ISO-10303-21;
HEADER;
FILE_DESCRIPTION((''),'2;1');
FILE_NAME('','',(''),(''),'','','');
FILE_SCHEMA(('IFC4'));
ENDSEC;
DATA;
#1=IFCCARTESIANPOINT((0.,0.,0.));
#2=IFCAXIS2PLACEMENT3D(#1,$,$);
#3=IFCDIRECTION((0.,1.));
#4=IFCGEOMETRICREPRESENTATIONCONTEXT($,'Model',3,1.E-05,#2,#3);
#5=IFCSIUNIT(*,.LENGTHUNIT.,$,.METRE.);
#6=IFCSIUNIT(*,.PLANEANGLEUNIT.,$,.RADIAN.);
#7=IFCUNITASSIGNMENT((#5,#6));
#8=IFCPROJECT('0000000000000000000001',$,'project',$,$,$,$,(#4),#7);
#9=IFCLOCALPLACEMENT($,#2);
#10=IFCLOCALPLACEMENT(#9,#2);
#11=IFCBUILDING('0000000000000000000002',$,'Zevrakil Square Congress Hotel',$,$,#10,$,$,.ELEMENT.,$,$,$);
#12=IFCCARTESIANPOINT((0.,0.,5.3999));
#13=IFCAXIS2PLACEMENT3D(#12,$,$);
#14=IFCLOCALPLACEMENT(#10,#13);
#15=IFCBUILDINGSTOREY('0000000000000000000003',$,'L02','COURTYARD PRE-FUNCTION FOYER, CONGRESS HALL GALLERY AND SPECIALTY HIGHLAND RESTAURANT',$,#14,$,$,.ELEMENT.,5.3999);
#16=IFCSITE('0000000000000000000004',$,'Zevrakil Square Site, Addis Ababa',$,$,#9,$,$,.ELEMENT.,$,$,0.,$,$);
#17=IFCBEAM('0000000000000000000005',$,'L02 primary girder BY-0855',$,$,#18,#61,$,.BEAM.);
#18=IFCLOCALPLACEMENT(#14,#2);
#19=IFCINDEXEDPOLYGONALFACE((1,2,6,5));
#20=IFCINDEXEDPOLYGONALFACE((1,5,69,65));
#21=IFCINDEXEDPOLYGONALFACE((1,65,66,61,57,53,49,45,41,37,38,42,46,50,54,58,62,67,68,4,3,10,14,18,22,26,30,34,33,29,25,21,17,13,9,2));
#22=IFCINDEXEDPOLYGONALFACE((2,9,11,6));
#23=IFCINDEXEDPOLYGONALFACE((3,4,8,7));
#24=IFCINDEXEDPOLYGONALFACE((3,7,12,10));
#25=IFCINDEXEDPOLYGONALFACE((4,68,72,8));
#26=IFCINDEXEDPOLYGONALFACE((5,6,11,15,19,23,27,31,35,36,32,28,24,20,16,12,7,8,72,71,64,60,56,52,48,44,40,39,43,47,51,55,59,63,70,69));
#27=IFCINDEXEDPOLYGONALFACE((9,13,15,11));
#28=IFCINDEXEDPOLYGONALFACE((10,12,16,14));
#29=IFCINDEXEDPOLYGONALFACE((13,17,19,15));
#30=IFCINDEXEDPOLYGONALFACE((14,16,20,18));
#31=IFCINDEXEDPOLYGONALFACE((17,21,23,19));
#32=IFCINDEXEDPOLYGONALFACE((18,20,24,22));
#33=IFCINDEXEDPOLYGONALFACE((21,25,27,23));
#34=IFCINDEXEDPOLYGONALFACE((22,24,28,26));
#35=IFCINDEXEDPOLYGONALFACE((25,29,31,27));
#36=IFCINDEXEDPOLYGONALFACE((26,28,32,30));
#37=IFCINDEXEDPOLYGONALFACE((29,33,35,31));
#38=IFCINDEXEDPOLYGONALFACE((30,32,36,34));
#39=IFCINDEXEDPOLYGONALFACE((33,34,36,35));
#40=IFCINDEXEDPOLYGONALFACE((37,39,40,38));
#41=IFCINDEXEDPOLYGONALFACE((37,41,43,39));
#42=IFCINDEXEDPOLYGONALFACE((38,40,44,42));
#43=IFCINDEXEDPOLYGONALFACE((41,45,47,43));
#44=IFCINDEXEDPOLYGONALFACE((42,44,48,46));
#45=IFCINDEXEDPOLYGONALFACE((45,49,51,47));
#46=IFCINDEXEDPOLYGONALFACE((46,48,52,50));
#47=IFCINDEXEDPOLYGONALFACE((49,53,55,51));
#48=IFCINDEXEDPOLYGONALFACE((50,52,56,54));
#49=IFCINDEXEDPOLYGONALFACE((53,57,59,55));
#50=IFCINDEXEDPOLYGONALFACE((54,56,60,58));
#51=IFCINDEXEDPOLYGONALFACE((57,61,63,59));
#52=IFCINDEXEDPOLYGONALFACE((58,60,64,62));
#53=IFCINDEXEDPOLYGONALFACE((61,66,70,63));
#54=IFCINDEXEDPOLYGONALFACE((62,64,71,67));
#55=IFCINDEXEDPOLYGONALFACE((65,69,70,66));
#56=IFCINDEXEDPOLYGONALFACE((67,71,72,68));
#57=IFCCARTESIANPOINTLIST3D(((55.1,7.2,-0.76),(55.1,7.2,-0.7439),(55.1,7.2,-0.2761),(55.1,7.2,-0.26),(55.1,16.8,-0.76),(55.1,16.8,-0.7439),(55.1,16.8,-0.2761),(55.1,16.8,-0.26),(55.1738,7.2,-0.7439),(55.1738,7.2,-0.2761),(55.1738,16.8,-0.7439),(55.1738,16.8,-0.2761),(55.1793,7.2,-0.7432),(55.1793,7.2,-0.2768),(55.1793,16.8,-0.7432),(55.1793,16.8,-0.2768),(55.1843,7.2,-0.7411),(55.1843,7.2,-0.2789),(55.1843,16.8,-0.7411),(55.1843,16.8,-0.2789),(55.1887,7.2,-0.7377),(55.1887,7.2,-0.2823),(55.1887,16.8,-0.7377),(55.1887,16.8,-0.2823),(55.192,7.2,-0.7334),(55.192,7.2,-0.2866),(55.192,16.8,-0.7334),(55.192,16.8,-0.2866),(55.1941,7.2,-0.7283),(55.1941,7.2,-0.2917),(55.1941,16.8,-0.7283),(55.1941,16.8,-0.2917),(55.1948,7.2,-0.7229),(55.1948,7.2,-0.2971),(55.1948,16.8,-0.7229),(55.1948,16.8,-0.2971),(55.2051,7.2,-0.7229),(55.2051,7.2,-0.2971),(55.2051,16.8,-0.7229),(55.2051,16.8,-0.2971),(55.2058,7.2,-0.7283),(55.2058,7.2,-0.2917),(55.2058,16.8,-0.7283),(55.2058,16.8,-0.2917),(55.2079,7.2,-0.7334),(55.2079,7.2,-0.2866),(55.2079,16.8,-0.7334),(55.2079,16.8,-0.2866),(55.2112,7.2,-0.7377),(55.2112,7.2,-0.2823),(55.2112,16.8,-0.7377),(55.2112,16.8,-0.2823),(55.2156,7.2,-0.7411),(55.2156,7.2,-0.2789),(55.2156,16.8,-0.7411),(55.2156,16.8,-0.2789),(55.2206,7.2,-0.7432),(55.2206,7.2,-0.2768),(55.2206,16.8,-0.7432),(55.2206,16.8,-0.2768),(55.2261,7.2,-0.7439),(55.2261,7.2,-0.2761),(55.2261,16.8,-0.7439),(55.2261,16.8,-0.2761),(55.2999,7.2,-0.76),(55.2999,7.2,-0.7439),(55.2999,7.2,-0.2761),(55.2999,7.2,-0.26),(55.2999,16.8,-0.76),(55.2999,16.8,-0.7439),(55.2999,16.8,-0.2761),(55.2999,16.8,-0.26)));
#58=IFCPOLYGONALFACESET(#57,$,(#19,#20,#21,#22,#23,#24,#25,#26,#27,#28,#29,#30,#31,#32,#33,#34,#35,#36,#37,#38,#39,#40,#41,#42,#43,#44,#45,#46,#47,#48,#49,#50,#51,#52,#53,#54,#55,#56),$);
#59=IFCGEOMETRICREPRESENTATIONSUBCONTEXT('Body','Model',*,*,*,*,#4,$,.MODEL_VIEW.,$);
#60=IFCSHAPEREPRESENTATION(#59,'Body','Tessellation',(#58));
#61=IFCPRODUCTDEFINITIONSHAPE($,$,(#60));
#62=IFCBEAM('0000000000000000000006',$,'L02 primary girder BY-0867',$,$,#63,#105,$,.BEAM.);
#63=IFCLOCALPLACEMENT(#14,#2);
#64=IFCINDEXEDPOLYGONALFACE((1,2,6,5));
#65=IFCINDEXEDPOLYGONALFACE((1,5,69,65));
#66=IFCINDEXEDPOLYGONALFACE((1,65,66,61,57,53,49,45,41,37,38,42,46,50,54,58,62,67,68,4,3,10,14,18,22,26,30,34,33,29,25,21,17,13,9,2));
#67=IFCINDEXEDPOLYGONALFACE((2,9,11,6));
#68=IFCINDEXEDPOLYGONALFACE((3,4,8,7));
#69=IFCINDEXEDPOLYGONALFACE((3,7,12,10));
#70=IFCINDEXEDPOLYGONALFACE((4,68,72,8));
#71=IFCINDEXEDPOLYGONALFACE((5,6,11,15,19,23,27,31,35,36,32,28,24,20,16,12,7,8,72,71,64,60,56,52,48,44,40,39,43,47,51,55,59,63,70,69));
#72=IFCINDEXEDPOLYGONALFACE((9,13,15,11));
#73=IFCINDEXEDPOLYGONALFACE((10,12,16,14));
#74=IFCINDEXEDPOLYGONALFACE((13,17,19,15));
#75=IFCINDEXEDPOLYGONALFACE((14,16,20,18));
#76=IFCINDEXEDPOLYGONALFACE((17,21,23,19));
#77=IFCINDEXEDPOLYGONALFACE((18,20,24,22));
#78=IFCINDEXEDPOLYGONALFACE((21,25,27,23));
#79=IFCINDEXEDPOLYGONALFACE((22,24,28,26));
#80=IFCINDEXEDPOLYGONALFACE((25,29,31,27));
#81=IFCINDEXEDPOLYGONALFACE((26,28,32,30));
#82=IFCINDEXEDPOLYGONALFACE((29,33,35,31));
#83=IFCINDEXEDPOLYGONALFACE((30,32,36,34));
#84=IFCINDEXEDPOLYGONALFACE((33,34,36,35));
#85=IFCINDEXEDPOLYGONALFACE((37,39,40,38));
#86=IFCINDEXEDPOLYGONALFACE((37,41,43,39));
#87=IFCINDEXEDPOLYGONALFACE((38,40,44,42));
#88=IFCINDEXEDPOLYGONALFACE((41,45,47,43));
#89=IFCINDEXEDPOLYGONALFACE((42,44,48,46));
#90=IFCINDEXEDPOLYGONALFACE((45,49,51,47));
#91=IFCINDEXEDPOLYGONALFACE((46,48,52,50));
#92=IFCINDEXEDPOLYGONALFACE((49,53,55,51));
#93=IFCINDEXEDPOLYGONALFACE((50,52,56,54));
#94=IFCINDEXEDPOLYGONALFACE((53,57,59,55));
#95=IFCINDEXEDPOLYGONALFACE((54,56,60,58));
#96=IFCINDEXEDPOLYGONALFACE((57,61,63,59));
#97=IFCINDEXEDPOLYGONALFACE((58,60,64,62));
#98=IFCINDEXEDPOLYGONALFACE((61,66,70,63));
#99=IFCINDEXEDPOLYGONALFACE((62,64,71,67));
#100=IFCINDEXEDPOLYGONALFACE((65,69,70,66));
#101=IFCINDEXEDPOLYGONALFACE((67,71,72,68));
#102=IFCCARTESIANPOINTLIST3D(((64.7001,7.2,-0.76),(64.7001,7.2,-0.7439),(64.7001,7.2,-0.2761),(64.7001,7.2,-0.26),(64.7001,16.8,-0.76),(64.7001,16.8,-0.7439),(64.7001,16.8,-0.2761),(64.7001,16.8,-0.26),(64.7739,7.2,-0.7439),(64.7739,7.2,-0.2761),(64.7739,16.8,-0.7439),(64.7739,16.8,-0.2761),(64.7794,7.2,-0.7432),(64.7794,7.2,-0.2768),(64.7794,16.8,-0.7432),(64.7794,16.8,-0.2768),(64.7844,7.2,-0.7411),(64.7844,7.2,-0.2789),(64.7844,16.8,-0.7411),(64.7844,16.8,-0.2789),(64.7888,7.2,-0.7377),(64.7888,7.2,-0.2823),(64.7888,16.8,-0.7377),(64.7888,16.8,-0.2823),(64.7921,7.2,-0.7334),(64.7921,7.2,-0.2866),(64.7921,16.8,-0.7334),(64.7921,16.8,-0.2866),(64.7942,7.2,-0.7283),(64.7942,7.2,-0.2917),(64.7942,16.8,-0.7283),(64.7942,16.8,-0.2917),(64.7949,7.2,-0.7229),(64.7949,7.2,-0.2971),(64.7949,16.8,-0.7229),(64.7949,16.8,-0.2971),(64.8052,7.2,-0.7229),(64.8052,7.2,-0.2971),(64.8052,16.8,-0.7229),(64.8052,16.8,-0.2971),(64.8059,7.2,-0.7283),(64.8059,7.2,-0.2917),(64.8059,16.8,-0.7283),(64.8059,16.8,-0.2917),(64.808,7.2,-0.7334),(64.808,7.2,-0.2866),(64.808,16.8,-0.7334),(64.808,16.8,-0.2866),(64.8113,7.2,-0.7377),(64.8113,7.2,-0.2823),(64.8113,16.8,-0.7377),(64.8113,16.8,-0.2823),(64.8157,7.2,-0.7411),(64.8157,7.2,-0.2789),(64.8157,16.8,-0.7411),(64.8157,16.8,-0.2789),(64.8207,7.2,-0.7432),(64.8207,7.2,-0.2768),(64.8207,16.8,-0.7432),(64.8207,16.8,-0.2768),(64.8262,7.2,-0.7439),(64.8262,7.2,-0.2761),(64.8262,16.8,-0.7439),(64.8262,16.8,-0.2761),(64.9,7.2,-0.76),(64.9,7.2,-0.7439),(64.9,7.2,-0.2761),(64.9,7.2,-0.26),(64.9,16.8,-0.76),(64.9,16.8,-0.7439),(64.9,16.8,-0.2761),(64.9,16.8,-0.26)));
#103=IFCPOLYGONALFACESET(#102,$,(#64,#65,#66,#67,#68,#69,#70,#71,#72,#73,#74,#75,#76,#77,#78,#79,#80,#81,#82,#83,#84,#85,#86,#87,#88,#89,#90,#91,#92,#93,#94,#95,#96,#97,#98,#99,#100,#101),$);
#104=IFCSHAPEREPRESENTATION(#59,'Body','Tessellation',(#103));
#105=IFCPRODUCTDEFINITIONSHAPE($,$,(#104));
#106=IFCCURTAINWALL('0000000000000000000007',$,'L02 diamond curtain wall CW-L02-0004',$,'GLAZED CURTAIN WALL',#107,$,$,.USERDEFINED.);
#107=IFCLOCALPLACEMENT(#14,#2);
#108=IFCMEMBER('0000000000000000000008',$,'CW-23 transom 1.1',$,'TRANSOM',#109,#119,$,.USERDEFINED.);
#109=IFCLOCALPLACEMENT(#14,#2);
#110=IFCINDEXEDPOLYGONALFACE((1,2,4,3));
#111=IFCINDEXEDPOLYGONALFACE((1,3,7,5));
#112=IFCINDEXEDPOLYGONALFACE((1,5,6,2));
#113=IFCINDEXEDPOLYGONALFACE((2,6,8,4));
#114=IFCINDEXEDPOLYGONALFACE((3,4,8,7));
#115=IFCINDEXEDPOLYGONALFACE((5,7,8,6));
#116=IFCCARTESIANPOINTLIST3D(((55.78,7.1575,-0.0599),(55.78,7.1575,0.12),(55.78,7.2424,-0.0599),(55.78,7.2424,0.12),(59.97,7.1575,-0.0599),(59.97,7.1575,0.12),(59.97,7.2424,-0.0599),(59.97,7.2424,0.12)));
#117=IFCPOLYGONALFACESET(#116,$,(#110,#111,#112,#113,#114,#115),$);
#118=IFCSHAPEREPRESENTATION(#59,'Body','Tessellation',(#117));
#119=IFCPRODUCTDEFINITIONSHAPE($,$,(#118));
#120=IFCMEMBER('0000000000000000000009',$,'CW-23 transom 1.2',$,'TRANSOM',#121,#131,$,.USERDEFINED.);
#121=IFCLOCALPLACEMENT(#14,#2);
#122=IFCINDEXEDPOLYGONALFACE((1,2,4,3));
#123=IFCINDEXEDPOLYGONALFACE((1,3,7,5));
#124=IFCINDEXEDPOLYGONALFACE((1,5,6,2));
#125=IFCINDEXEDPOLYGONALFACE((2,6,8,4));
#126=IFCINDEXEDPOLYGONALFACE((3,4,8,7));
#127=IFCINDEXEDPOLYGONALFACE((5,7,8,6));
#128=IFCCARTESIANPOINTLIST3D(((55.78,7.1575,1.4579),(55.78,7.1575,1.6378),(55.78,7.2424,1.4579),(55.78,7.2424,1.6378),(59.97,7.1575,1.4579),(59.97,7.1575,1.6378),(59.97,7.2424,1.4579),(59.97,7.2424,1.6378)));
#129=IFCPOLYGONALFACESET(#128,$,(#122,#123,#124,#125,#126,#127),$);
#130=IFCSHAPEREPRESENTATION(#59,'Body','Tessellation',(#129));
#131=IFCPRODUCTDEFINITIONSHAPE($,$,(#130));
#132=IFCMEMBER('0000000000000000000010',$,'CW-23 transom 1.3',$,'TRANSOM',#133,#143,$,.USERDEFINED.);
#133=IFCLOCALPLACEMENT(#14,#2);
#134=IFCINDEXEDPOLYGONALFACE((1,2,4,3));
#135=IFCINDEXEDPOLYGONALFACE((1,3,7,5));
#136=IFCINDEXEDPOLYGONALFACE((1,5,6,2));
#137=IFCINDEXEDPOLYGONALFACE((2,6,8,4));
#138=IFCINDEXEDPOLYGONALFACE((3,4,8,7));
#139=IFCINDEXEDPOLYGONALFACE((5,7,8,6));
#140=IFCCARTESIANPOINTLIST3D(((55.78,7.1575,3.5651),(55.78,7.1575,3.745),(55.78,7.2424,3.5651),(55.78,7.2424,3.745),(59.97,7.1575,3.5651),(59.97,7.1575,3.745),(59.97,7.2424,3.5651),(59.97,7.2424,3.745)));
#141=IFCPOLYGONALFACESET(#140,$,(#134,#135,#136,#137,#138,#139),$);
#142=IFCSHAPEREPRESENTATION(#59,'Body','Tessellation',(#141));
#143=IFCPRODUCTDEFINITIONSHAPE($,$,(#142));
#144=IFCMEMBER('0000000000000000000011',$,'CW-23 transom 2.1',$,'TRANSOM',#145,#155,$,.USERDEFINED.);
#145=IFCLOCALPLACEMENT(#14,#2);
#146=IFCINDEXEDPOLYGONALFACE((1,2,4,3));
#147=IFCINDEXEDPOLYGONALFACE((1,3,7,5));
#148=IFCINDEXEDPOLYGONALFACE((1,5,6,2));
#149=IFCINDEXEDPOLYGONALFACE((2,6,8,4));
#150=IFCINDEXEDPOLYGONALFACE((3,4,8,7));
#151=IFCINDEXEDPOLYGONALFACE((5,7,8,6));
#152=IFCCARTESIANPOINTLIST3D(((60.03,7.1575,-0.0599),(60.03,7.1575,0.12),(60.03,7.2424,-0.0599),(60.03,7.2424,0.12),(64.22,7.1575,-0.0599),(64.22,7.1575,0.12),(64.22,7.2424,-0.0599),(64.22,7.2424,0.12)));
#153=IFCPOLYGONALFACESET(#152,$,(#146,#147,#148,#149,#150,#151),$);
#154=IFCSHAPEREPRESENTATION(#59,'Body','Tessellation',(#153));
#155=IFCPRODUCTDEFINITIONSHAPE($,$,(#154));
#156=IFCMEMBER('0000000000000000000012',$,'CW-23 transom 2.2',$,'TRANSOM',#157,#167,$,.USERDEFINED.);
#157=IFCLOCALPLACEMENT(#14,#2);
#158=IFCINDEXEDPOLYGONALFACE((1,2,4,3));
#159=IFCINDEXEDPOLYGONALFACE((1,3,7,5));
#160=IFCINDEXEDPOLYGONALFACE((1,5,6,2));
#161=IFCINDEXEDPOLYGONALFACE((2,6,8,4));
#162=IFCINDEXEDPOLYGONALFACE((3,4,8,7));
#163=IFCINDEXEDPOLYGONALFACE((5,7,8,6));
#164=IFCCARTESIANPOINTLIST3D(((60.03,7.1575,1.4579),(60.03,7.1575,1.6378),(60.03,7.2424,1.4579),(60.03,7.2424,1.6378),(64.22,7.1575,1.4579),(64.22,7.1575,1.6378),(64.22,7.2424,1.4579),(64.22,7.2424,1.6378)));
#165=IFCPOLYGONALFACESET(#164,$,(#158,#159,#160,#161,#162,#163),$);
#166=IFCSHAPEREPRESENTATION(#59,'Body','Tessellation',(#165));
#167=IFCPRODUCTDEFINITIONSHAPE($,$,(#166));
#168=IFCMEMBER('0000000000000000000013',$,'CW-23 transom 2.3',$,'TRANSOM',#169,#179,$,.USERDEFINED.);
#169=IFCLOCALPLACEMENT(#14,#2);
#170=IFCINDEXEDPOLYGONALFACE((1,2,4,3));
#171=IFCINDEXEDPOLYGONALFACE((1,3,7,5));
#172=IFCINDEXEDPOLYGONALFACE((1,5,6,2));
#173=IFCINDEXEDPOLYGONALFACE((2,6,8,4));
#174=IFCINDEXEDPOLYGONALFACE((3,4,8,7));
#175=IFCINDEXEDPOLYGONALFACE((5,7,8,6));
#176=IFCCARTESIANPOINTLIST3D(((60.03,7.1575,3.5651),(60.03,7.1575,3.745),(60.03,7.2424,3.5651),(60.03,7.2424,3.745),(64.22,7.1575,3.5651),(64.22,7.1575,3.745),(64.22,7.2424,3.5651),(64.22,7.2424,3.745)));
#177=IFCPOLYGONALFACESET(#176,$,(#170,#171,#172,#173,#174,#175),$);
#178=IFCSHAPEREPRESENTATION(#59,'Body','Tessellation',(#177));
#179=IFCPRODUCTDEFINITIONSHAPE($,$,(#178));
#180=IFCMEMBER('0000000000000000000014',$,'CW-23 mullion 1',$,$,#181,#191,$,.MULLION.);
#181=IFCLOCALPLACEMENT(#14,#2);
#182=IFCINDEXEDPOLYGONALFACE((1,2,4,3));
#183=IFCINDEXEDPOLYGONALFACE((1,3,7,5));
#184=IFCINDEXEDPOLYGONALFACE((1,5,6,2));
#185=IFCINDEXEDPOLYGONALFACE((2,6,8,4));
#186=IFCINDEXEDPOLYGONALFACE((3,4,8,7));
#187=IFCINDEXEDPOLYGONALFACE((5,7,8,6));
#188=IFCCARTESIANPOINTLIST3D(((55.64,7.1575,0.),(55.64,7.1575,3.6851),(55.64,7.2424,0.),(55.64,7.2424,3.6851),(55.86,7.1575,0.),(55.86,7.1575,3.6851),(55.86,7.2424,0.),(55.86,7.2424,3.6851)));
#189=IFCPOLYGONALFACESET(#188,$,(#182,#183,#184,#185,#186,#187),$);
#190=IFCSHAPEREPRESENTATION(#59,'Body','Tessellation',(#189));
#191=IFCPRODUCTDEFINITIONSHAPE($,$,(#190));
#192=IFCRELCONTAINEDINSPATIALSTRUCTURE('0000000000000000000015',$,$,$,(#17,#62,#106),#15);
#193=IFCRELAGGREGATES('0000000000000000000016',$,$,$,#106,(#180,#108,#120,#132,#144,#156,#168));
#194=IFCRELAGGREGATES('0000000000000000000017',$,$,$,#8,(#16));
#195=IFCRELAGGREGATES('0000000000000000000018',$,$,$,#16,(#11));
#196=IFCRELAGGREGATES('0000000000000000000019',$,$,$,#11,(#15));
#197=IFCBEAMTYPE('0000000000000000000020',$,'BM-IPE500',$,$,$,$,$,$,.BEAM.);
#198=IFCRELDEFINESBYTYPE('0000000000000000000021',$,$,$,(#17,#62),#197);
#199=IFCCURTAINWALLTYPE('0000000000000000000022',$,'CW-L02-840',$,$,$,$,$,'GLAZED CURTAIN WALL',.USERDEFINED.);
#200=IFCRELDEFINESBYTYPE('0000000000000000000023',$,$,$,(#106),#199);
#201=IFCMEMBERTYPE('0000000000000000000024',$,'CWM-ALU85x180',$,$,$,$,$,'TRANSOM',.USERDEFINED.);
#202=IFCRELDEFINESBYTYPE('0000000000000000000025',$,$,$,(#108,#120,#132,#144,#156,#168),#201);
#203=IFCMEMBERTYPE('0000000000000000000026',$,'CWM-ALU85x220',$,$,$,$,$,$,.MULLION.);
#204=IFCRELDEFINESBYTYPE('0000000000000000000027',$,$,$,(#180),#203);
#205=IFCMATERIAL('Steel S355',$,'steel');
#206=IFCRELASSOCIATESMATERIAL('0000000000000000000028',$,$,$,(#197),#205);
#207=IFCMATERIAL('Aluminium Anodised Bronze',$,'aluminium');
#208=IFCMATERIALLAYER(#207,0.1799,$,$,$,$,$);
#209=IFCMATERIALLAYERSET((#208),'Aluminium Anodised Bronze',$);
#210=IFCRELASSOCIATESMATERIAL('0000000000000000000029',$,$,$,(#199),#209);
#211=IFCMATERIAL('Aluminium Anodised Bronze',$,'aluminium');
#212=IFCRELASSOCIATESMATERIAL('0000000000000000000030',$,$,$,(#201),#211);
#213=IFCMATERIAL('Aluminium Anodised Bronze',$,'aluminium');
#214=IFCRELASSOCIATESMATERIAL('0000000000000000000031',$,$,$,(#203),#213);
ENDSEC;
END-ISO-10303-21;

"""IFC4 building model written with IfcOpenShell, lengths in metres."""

from ifc_helpers import new_model, si_unit, direction, frame, origin, origin_2d, place, context, subcontext, project, spatial, rectangle, i_section, extrude, material, layer, layer_set, material_profile, profile_set, type_object, element, aggregate, save


model = new_model("IFC4")

# Units and contexts
model_context = context("Model", 3, precision=1e-05, world=origin(), true_north=direction((0.0, 1.0)))
body_context = subcontext(model_context, "Body", "Model", "MODEL_VIEW")
ifc_project = project(units=[si_unit("LENGTHUNIT", "METRE"), si_unit("PLANEANGLEUNIT", "RADIAN")], contexts=[model_context])

# Site, building, storey
site_placement = place(None, origin())
site = spatial("IfcSite", under=ifc_project, at=site_placement, Name="Zevrakil Square Site, Addis Ababa", CompositionType="ELEMENT", RefElevation=0.0)
building_placement = place(site_placement, origin())
building = spatial("IfcBuilding", under=site, at=building_placement, Name="Zevrakil Square Congress Hotel", CompositionType="ELEMENT")
storey_placement = place(building_placement, frame((0.0, 0.0, 5.3999)))
storey = spatial("IfcBuildingStorey", under=building, at=storey_placement, Name="L02", Description="COURTYARD PRE-FUNCTION FOYER, CONGRESS HALL GALLERY AND SPECIALTY HIGHLAND RESTAURANT", CompositionType="ELEMENT", Elevation=5.3999)

# Beams
ifc_material_1 = material(Name="Steel S355", Category="steel")
ifc_material_profile_1 = material_profile(ifc_material_1, i_section(OverallWidth=0.2, OverallDepth=0.5, WebThickness=0.0103, FlangeThickness=0.0161, FilletRadius=0.021, at=origin_2d()), Name="IPE 500")
ifc_profile_set_1 = profile_set([ifc_material_profile_1], Name="Steel S355")
beam_type_1 = type_object("IfcBeamType", Name="BM-IPE500", PredefinedType="BEAM", material=ifc_profile_set_1)
for number, where, z_axis, x_axis, name in (
    (1, (55.2, 7.2, -0.51), (0.0, 1.0, 0.0), (-1.0, 0.0, 0.0), "L02 primary girder BY-0855"),
    (2, (64.8, 7.2, -0.51), (0.0, 1.0, 0.0), (-1.0, 0.0, 0.0), "L02 primary girder BY-0867"),
):
    element("IfcBeam", number, at=place(storey_placement, frame(where, z_axis=z_axis, x_axis=x_axis)), inside=storey, type_object=beam_type_1, Name=name, PredefinedType="BEAM", context=body_context, shape_type="SweptSolid", body=[
        extrude(i_section(OverallWidth=0.2, OverallDepth=0.5, WebThickness=0.0103, FlangeThickness=0.0161, FilletRadius=0.021, at=origin_2d()), origin(), (0.0, 0.0, 1.0), 9.6001),
    ])

# Curtain wall, members
ifc_material_2 = material(Name="Aluminium Anodised Bronze", Category="aluminium")
ifc_layer_1 = layer(ifc_material_2, 0.1799)
ifc_layer_set_1 = layer_set([ifc_layer_1], Name="Aluminium Anodised Bronze")
curtain_wall_type = type_object("IfcCurtainWallType", Name="CW-L02-840", ElementType="GLAZED CURTAIN WALL", PredefinedType="USERDEFINED", material=ifc_layer_set_1)
curtain_wall_placement = place(storey_placement, origin())
curtain_wall = element("IfcCurtainWall", 3, at=curtain_wall_placement, inside=storey, type_object=curtain_wall_type, Name="L02 diamond curtain wall CW-L02-0004", ObjectType="GLAZED CURTAIN WALL", PredefinedType="USERDEFINED")
ifc_material_3 = material(Name="Aluminium Anodised Bronze", Category="aluminium")
ifc_material_profile_2 = material_profile(ifc_material_3, rectangle(XDim=0.085, YDim=0.1799, at=origin_2d()), Name="ALU 85x180")
ifc_profile_set_2 = profile_set([ifc_material_profile_2], Name="Aluminium Anodised Bronze")
member_type_1 = type_object("IfcMemberType", Name="CWM-ALU85x180", ElementType="TRANSOM", PredefinedType="USERDEFINED", material=ifc_profile_set_2)
member_1_placement = place(storey_placement, frame((55.78, 7.2, 0.03), z_axis=(1.0, 0.0, 0.0), x_axis=(0.0, 1.0, 0.0)))
member_1 = element("IfcMember", 4, at=member_1_placement, type_object=member_type_1, Name="CW-23 transom 1.1", ObjectType="TRANSOM", PredefinedType="USERDEFINED", context=body_context, shape_type="SweptSolid", body=[
    extrude(rectangle(XDim=0.085, YDim=0.1799, at=origin_2d()), origin(), (0.0, 0.0, 1.0), 4.1899),
])
member_2_placement = place(storey_placement, frame((55.78, 7.2, 1.5479), z_axis=(1.0, 0.0, 0.0), x_axis=(0.0, 1.0, 0.0)))
member_2 = element("IfcMember", 5, at=member_2_placement, type_object=member_type_1, Name="CW-23 transom 1.2", ObjectType="TRANSOM", PredefinedType="USERDEFINED", context=body_context, shape_type="SweptSolid", body=[
    extrude(rectangle(XDim=0.085, YDim=0.1799, at=origin_2d()), origin(), (0.0, 0.0, 1.0), 4.1899),
])
member_3_placement = place(storey_placement, frame((55.78, 7.2, 3.655), z_axis=(1.0, 0.0, 0.0), x_axis=(0.0, 1.0, 0.0)))
member_3 = element("IfcMember", 6, at=member_3_placement, type_object=member_type_1, Name="CW-23 transom 1.3", ObjectType="TRANSOM", PredefinedType="USERDEFINED", context=body_context, shape_type="SweptSolid", body=[
    extrude(rectangle(XDim=0.085, YDim=0.1799, at=origin_2d()), origin(), (0.0, 0.0, 1.0), 4.1899),
])
member_4_placement = place(storey_placement, frame((60.03, 7.2, 0.03), z_axis=(1.0, 0.0, 0.0), x_axis=(0.0, 1.0, 0.0)))
member_4 = element("IfcMember", 7, at=member_4_placement, type_object=member_type_1, Name="CW-23 transom 2.1", ObjectType="TRANSOM", PredefinedType="USERDEFINED", context=body_context, shape_type="SweptSolid", body=[
    extrude(rectangle(XDim=0.085, YDim=0.1799, at=origin_2d()), origin(), (0.0, 0.0, 1.0), 4.1899),
])
member_5_placement = place(storey_placement, frame((60.03, 7.2, 1.5479), z_axis=(1.0, 0.0, 0.0), x_axis=(0.0, 1.0, 0.0)))
member_5 = element("IfcMember", 8, at=member_5_placement, type_object=member_type_1, Name="CW-23 transom 2.2", ObjectType="TRANSOM", PredefinedType="USERDEFINED", context=body_context, shape_type="SweptSolid", body=[
    extrude(rectangle(XDim=0.085, YDim=0.1799, at=origin_2d()), origin(), (0.0, 0.0, 1.0), 4.1899),
])
member_6_placement = place(storey_placement, frame((60.03, 7.2, 3.655), z_axis=(1.0, 0.0, 0.0), x_axis=(0.0, 1.0, 0.0)))
member_6 = element("IfcMember", 9, at=member_6_placement, type_object=member_type_1, Name="CW-23 transom 2.3", ObjectType="TRANSOM", PredefinedType="USERDEFINED", context=body_context, shape_type="SweptSolid", body=[
    extrude(rectangle(XDim=0.085, YDim=0.1799, at=origin_2d()), origin(), (0.0, 0.0, 1.0), 4.1899),
])
ifc_material_4 = material(Name="Aluminium Anodised Bronze", Category="aluminium")
ifc_material_profile_3 = material_profile(ifc_material_4, rectangle(XDim=0.085, YDim=0.22, at=origin_2d()), Name="ALU 85x220")
ifc_profile_set_3 = profile_set([ifc_material_profile_3], Name="Aluminium Anodised Bronze")
member_type_2 = type_object("IfcMemberType", Name="CWM-ALU85x220", PredefinedType="MULLION", material=ifc_profile_set_3)
member_7_placement = place(storey_placement, frame((55.75, 7.2, 0.0), z_axis=(0.0, 0.0, 1.0), x_axis=(0.0, 1.0, 0.0)))
member_7 = element("IfcMember", 10, at=member_7_placement, type_object=member_type_2, Name="CW-23 mullion 1", PredefinedType="MULLION", context=body_context, shape_type="SweptSolid", body=[
    extrude(rectangle(XDim=0.085, YDim=0.22, at=origin_2d()), origin(), (0.0, 0.0, 1.0), 3.6851),
])

aggregate(curtain_wall, [member_7, member_1, member_2, member_3, member_4, member_5, member_6])

save(model, "model.ifc")
